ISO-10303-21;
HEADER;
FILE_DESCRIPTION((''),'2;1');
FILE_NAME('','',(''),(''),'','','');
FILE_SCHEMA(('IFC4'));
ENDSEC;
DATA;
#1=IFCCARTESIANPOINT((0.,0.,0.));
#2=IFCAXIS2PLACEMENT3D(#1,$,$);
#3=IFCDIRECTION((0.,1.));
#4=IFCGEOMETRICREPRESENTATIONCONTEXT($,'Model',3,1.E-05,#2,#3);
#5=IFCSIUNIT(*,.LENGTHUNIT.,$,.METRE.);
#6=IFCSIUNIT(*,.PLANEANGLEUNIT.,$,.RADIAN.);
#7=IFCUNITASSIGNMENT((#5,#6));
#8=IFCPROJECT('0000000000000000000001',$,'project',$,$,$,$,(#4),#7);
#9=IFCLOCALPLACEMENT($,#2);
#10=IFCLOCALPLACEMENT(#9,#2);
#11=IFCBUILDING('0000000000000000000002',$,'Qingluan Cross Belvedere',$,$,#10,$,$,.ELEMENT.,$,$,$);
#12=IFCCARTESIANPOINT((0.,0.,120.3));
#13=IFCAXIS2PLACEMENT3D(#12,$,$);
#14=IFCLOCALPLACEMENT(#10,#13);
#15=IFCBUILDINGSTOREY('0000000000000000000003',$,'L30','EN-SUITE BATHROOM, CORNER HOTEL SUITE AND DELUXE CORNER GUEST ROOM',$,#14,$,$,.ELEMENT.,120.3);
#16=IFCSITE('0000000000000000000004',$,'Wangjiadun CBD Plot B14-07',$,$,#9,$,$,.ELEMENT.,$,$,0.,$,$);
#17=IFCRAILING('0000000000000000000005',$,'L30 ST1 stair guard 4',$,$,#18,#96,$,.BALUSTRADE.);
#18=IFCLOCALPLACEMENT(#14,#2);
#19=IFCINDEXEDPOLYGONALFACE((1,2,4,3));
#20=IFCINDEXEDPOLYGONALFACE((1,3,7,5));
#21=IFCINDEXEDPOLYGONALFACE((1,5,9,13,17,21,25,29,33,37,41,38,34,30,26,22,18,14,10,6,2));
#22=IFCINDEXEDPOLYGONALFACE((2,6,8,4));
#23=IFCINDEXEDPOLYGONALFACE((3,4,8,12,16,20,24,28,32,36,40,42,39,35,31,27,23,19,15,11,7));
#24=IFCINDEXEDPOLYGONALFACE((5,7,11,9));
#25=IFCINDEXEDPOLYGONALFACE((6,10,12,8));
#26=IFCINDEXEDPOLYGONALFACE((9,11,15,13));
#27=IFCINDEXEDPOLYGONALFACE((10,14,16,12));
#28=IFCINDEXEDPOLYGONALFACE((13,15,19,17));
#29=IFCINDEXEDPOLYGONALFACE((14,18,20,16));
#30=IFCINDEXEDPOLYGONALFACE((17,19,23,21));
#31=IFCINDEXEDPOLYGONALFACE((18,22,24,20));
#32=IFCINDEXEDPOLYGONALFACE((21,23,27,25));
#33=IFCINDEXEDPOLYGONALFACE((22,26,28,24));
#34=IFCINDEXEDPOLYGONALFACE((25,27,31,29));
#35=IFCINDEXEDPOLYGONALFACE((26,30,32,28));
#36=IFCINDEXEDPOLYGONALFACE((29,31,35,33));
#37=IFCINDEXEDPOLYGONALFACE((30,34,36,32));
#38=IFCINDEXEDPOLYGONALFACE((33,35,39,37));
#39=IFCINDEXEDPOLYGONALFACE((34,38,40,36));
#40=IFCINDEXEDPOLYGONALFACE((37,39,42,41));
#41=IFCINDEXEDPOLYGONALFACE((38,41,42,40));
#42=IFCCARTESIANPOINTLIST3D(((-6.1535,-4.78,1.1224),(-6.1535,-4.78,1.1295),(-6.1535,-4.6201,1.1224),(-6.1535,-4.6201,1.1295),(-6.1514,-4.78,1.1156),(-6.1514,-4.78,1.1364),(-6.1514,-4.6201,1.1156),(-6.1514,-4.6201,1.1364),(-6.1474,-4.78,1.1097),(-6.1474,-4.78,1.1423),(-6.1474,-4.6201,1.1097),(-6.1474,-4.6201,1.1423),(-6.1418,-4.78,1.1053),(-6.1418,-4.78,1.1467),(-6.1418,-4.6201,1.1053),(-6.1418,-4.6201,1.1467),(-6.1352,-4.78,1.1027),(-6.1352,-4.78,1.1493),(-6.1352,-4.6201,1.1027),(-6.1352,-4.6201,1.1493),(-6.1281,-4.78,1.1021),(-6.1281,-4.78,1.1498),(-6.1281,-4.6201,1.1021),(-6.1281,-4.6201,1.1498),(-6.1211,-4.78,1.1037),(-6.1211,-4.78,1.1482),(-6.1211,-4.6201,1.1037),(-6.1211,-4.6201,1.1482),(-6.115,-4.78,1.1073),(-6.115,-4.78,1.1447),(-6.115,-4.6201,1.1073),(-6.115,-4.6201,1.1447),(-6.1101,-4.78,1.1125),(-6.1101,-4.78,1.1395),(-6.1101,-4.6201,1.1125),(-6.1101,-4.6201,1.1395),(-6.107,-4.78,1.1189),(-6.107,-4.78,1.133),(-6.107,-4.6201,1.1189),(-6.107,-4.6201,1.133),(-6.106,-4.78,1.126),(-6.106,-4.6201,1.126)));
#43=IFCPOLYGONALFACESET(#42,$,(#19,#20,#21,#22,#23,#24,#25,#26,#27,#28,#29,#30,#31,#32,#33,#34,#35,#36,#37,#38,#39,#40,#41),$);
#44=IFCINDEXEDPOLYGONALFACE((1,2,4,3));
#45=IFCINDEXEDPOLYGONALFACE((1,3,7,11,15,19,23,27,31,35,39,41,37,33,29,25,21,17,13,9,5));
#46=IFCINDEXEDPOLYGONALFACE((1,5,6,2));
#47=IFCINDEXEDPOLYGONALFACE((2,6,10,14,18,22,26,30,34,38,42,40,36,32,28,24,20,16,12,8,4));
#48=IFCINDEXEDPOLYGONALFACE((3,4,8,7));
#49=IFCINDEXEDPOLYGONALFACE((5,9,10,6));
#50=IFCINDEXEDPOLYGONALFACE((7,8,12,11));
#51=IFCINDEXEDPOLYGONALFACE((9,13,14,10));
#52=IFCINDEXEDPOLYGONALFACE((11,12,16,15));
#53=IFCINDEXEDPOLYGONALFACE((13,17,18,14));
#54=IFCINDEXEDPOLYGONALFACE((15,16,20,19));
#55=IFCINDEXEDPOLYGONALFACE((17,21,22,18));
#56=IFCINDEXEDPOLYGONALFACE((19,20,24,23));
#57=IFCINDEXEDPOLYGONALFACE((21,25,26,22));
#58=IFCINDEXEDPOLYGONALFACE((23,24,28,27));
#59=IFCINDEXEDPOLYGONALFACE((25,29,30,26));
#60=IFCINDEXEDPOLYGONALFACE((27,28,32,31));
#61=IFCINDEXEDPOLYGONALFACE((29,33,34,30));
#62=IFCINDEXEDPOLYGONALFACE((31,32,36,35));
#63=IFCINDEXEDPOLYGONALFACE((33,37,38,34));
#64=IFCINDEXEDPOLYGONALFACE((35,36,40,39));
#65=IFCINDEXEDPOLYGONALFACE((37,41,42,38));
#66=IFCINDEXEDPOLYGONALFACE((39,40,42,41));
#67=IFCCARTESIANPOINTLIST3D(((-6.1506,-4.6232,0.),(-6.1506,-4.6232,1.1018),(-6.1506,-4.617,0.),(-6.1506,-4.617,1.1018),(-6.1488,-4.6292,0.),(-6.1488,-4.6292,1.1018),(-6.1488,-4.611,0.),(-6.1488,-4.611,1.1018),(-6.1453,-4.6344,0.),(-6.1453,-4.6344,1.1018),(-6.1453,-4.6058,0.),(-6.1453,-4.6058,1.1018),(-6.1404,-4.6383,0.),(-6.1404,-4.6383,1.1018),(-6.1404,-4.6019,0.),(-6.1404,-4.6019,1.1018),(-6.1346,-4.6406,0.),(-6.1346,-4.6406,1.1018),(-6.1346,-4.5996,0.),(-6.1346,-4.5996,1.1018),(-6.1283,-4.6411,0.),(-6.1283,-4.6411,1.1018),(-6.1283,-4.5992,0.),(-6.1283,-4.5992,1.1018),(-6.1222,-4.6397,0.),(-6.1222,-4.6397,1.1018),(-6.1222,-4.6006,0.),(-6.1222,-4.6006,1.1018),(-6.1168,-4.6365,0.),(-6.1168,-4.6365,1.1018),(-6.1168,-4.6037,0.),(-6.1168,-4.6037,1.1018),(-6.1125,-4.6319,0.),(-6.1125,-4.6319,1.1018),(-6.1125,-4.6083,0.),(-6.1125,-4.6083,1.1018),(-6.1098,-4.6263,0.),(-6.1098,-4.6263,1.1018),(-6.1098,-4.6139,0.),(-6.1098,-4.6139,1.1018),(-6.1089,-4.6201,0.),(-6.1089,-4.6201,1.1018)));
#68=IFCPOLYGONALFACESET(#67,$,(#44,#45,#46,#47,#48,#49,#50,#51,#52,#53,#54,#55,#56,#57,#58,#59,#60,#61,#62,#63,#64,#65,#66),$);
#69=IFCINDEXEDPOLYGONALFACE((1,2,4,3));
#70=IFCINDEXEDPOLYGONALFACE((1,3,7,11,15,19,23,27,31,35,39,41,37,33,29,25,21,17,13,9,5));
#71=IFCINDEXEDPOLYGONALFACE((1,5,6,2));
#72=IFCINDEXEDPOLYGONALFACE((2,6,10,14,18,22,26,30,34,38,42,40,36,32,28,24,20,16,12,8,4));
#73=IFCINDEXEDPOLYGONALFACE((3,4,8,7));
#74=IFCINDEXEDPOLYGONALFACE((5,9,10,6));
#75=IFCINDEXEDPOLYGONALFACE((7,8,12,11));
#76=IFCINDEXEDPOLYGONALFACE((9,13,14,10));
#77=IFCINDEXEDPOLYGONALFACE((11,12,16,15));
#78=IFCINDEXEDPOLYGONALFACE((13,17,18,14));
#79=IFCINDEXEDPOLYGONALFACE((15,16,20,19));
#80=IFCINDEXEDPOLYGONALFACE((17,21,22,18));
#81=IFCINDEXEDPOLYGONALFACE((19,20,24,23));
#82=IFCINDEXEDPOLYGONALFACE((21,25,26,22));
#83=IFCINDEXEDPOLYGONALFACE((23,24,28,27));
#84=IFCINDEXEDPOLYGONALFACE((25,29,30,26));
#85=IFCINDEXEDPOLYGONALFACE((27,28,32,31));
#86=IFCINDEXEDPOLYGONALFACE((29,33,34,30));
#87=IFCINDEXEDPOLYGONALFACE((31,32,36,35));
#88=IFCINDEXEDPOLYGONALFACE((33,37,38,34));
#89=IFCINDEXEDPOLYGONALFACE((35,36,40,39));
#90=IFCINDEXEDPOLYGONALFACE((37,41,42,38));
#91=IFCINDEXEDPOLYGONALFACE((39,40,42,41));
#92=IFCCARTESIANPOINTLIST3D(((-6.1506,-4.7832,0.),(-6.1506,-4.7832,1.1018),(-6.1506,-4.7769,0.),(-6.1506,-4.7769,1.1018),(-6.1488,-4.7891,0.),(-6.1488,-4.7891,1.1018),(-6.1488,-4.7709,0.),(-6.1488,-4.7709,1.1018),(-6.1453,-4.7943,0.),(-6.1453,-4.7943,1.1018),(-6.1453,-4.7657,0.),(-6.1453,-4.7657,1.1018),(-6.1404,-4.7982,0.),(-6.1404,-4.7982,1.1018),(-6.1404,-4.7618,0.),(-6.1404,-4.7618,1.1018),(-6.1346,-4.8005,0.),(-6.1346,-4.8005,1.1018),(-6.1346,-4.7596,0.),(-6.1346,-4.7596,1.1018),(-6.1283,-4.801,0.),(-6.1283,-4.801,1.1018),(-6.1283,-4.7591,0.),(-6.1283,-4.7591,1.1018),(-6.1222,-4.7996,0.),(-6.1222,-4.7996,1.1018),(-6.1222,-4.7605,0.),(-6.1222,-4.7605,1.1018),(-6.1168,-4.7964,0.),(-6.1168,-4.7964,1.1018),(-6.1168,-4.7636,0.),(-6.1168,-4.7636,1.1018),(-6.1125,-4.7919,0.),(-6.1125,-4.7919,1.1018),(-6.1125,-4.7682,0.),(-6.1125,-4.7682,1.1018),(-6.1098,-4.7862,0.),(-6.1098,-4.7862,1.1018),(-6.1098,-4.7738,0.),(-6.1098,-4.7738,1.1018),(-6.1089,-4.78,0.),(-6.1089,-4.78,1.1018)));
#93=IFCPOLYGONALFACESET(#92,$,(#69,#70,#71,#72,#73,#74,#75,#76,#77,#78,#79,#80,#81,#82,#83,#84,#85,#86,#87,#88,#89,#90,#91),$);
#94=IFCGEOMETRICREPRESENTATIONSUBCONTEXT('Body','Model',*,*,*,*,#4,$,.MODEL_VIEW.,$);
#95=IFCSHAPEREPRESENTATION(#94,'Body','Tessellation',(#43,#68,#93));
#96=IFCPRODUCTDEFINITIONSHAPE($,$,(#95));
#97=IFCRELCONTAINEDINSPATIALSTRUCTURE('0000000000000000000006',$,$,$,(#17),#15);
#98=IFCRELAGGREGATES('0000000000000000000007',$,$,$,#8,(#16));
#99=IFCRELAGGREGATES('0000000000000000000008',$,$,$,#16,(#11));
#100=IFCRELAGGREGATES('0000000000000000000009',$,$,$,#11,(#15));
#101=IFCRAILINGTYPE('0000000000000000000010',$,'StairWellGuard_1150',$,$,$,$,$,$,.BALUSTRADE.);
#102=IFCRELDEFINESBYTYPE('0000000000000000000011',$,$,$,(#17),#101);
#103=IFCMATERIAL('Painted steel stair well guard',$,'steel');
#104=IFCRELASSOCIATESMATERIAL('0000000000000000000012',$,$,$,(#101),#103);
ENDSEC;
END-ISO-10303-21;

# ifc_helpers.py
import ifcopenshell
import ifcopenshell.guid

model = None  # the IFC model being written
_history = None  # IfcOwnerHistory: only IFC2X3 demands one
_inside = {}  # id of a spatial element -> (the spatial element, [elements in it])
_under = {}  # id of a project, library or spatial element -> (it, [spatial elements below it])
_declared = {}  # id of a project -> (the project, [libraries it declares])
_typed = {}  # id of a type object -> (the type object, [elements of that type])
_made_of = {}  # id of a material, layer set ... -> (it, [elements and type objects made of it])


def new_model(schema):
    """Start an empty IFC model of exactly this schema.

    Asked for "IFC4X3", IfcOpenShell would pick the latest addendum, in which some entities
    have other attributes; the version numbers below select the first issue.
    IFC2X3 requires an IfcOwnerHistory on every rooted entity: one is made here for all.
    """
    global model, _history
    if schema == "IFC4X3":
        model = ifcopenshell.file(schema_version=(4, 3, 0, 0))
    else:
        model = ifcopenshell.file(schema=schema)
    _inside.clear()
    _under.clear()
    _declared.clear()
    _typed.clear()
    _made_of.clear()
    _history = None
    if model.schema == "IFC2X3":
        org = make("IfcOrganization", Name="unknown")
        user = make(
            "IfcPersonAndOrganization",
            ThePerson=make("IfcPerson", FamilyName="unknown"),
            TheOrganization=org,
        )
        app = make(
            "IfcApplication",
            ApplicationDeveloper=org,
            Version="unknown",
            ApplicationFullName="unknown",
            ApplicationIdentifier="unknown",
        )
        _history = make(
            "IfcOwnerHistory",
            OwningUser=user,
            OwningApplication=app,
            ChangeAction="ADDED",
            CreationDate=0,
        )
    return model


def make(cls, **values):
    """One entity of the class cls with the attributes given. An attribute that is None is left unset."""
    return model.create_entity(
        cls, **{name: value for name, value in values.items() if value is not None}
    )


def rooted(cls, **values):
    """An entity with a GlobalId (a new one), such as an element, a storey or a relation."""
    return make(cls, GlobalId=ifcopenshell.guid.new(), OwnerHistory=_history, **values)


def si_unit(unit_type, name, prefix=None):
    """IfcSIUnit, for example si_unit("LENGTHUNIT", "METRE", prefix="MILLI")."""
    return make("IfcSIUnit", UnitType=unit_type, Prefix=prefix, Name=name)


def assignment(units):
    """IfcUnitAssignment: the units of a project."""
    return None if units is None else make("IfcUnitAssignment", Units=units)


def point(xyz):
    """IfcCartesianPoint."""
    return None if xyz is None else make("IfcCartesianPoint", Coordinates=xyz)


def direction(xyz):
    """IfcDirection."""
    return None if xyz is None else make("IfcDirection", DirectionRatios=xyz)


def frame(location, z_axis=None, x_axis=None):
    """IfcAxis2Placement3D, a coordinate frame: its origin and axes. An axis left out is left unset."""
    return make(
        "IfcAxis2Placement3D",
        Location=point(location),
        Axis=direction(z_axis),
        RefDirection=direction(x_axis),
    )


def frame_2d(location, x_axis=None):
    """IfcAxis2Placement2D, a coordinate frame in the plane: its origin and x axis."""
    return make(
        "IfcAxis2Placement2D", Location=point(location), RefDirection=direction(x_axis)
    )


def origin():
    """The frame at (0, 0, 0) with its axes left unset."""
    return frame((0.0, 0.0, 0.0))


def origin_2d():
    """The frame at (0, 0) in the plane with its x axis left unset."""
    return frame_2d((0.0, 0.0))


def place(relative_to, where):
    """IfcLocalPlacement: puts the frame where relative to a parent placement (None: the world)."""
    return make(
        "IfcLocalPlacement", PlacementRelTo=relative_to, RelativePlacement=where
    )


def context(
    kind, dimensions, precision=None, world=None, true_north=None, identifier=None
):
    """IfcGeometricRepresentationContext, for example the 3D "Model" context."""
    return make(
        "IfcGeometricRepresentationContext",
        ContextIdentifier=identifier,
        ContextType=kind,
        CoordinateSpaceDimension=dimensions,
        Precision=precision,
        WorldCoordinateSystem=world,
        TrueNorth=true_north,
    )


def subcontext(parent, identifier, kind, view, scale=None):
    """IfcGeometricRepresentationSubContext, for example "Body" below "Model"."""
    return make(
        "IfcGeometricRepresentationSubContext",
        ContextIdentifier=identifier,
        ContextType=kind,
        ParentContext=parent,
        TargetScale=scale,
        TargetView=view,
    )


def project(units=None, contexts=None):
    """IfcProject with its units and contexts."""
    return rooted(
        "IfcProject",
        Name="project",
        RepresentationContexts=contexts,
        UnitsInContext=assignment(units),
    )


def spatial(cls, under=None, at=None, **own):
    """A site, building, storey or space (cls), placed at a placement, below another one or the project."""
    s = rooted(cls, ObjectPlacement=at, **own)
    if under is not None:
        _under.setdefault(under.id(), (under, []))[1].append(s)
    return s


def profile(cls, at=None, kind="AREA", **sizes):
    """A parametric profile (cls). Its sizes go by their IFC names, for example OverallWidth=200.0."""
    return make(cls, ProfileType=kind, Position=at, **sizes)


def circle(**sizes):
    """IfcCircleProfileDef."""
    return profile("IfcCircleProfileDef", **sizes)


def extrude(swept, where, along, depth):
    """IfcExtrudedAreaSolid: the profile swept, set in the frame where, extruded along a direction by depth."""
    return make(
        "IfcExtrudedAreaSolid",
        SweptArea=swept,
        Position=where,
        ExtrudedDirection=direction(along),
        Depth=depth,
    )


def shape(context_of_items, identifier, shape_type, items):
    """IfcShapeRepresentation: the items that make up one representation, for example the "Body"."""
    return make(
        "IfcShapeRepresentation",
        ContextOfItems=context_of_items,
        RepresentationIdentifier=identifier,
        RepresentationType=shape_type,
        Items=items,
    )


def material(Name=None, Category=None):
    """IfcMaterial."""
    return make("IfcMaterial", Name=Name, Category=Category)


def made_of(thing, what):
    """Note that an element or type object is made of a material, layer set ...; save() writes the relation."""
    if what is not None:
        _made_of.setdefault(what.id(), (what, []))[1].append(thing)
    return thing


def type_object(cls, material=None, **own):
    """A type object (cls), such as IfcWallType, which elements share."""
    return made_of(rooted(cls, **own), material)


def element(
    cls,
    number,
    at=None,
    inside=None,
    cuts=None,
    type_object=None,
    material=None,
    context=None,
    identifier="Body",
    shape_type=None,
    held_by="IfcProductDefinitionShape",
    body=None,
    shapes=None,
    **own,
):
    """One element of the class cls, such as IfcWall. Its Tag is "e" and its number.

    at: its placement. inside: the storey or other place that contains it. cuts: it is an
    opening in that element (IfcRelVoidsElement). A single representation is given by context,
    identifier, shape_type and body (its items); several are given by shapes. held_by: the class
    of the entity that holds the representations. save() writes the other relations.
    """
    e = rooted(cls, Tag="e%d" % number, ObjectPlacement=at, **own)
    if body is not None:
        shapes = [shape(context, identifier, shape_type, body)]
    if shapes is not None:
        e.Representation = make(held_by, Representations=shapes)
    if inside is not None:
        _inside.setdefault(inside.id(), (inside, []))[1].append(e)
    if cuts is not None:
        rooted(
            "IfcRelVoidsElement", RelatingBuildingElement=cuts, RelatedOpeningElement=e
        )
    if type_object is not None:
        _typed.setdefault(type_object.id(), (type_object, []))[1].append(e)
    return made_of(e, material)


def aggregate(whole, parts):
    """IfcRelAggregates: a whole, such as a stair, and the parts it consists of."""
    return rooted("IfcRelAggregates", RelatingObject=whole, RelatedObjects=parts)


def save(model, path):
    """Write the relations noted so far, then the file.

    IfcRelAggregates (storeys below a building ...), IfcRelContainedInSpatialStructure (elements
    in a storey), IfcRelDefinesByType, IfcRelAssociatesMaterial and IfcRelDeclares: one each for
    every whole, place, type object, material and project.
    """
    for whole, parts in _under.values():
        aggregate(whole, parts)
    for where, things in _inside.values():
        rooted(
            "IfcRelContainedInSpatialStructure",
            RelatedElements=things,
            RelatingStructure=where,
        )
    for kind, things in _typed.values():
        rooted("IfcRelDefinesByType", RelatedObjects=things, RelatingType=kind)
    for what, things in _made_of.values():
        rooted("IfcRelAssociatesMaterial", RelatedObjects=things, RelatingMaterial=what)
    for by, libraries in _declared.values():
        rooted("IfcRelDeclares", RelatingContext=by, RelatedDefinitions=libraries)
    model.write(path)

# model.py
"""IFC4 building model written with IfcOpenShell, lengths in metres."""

from ifc_helpers import new_model, si_unit, direction, frame, origin, origin_2d, place, context, subcontext, project, spatial, circle, extrude, material, type_object, element, save


model = new_model("IFC4")

# Units and contexts
model_context = context("Model", 3, precision=1e-05, world=origin(), true_north=direction((0.0, 1.0)))
body_context = subcontext(model_context, "Body", "Model", "MODEL_VIEW")
ifc_project = project(units=[si_unit("LENGTHUNIT", "METRE"), si_unit("PLANEANGLEUNIT", "RADIAN")], contexts=[model_context])

# Site, building, storey
site_placement = place(None, origin())
site = spatial("IfcSite", under=ifc_project, at=site_placement, Name="Wangjiadun CBD Plot B14-07", CompositionType="ELEMENT", RefElevation=0.0)
building_placement = place(site_placement, origin())
building = spatial("IfcBuilding", under=site, at=building_placement, Name="Qingluan Cross Belvedere", CompositionType="ELEMENT")
storey_placement = place(building_placement, frame((0.0, 0.0, 120.3)))
storey = spatial("IfcBuildingStorey", under=building, at=storey_placement, Name="L30", Description="EN-SUITE BATHROOM, CORNER HOTEL SUITE AND DELUXE CORNER GUEST ROOM", CompositionType="ELEMENT", Elevation=120.3)

# Railing
ifc_material_1 = material(Name="Painted steel stair well guard", Category="steel")
railing_type_1 = type_object("IfcRailingType", Name="StairWellGuard_1150", PredefinedType="BALUSTRADE", material=ifc_material_1)
railing_1_placement = place(storey_placement, frame((-6.1299, -4.6201, 0.0)))
element("IfcRailing", 1, at=railing_1_placement, inside=storey, type_object=railing_type_1, Name="L30 ST1 stair guard 4", PredefinedType="BALUSTRADE", context=body_context, shape_type="SweptSolid", body=[
    extrude(circle(Radius=0.0239, at=origin_2d()), frame((0.0, 0.0, 1.126), z_axis=(0.0, -1.0, 0.0), x_axis=(1.0, 0.0, 0.0)), (0.0, 0.0, 1.0), 0.1599),
    extrude(circle(Radius=0.021, at=origin_2d()), origin(), (0.0, 0.0, 1.0), 1.1018),
    extrude(circle(Radius=0.021, at=origin_2d()), frame((0.0, -0.1599, 0.0)), (0.0, 0.0, 1.0), 1.1018),
])

save(model, "model.ifc")
